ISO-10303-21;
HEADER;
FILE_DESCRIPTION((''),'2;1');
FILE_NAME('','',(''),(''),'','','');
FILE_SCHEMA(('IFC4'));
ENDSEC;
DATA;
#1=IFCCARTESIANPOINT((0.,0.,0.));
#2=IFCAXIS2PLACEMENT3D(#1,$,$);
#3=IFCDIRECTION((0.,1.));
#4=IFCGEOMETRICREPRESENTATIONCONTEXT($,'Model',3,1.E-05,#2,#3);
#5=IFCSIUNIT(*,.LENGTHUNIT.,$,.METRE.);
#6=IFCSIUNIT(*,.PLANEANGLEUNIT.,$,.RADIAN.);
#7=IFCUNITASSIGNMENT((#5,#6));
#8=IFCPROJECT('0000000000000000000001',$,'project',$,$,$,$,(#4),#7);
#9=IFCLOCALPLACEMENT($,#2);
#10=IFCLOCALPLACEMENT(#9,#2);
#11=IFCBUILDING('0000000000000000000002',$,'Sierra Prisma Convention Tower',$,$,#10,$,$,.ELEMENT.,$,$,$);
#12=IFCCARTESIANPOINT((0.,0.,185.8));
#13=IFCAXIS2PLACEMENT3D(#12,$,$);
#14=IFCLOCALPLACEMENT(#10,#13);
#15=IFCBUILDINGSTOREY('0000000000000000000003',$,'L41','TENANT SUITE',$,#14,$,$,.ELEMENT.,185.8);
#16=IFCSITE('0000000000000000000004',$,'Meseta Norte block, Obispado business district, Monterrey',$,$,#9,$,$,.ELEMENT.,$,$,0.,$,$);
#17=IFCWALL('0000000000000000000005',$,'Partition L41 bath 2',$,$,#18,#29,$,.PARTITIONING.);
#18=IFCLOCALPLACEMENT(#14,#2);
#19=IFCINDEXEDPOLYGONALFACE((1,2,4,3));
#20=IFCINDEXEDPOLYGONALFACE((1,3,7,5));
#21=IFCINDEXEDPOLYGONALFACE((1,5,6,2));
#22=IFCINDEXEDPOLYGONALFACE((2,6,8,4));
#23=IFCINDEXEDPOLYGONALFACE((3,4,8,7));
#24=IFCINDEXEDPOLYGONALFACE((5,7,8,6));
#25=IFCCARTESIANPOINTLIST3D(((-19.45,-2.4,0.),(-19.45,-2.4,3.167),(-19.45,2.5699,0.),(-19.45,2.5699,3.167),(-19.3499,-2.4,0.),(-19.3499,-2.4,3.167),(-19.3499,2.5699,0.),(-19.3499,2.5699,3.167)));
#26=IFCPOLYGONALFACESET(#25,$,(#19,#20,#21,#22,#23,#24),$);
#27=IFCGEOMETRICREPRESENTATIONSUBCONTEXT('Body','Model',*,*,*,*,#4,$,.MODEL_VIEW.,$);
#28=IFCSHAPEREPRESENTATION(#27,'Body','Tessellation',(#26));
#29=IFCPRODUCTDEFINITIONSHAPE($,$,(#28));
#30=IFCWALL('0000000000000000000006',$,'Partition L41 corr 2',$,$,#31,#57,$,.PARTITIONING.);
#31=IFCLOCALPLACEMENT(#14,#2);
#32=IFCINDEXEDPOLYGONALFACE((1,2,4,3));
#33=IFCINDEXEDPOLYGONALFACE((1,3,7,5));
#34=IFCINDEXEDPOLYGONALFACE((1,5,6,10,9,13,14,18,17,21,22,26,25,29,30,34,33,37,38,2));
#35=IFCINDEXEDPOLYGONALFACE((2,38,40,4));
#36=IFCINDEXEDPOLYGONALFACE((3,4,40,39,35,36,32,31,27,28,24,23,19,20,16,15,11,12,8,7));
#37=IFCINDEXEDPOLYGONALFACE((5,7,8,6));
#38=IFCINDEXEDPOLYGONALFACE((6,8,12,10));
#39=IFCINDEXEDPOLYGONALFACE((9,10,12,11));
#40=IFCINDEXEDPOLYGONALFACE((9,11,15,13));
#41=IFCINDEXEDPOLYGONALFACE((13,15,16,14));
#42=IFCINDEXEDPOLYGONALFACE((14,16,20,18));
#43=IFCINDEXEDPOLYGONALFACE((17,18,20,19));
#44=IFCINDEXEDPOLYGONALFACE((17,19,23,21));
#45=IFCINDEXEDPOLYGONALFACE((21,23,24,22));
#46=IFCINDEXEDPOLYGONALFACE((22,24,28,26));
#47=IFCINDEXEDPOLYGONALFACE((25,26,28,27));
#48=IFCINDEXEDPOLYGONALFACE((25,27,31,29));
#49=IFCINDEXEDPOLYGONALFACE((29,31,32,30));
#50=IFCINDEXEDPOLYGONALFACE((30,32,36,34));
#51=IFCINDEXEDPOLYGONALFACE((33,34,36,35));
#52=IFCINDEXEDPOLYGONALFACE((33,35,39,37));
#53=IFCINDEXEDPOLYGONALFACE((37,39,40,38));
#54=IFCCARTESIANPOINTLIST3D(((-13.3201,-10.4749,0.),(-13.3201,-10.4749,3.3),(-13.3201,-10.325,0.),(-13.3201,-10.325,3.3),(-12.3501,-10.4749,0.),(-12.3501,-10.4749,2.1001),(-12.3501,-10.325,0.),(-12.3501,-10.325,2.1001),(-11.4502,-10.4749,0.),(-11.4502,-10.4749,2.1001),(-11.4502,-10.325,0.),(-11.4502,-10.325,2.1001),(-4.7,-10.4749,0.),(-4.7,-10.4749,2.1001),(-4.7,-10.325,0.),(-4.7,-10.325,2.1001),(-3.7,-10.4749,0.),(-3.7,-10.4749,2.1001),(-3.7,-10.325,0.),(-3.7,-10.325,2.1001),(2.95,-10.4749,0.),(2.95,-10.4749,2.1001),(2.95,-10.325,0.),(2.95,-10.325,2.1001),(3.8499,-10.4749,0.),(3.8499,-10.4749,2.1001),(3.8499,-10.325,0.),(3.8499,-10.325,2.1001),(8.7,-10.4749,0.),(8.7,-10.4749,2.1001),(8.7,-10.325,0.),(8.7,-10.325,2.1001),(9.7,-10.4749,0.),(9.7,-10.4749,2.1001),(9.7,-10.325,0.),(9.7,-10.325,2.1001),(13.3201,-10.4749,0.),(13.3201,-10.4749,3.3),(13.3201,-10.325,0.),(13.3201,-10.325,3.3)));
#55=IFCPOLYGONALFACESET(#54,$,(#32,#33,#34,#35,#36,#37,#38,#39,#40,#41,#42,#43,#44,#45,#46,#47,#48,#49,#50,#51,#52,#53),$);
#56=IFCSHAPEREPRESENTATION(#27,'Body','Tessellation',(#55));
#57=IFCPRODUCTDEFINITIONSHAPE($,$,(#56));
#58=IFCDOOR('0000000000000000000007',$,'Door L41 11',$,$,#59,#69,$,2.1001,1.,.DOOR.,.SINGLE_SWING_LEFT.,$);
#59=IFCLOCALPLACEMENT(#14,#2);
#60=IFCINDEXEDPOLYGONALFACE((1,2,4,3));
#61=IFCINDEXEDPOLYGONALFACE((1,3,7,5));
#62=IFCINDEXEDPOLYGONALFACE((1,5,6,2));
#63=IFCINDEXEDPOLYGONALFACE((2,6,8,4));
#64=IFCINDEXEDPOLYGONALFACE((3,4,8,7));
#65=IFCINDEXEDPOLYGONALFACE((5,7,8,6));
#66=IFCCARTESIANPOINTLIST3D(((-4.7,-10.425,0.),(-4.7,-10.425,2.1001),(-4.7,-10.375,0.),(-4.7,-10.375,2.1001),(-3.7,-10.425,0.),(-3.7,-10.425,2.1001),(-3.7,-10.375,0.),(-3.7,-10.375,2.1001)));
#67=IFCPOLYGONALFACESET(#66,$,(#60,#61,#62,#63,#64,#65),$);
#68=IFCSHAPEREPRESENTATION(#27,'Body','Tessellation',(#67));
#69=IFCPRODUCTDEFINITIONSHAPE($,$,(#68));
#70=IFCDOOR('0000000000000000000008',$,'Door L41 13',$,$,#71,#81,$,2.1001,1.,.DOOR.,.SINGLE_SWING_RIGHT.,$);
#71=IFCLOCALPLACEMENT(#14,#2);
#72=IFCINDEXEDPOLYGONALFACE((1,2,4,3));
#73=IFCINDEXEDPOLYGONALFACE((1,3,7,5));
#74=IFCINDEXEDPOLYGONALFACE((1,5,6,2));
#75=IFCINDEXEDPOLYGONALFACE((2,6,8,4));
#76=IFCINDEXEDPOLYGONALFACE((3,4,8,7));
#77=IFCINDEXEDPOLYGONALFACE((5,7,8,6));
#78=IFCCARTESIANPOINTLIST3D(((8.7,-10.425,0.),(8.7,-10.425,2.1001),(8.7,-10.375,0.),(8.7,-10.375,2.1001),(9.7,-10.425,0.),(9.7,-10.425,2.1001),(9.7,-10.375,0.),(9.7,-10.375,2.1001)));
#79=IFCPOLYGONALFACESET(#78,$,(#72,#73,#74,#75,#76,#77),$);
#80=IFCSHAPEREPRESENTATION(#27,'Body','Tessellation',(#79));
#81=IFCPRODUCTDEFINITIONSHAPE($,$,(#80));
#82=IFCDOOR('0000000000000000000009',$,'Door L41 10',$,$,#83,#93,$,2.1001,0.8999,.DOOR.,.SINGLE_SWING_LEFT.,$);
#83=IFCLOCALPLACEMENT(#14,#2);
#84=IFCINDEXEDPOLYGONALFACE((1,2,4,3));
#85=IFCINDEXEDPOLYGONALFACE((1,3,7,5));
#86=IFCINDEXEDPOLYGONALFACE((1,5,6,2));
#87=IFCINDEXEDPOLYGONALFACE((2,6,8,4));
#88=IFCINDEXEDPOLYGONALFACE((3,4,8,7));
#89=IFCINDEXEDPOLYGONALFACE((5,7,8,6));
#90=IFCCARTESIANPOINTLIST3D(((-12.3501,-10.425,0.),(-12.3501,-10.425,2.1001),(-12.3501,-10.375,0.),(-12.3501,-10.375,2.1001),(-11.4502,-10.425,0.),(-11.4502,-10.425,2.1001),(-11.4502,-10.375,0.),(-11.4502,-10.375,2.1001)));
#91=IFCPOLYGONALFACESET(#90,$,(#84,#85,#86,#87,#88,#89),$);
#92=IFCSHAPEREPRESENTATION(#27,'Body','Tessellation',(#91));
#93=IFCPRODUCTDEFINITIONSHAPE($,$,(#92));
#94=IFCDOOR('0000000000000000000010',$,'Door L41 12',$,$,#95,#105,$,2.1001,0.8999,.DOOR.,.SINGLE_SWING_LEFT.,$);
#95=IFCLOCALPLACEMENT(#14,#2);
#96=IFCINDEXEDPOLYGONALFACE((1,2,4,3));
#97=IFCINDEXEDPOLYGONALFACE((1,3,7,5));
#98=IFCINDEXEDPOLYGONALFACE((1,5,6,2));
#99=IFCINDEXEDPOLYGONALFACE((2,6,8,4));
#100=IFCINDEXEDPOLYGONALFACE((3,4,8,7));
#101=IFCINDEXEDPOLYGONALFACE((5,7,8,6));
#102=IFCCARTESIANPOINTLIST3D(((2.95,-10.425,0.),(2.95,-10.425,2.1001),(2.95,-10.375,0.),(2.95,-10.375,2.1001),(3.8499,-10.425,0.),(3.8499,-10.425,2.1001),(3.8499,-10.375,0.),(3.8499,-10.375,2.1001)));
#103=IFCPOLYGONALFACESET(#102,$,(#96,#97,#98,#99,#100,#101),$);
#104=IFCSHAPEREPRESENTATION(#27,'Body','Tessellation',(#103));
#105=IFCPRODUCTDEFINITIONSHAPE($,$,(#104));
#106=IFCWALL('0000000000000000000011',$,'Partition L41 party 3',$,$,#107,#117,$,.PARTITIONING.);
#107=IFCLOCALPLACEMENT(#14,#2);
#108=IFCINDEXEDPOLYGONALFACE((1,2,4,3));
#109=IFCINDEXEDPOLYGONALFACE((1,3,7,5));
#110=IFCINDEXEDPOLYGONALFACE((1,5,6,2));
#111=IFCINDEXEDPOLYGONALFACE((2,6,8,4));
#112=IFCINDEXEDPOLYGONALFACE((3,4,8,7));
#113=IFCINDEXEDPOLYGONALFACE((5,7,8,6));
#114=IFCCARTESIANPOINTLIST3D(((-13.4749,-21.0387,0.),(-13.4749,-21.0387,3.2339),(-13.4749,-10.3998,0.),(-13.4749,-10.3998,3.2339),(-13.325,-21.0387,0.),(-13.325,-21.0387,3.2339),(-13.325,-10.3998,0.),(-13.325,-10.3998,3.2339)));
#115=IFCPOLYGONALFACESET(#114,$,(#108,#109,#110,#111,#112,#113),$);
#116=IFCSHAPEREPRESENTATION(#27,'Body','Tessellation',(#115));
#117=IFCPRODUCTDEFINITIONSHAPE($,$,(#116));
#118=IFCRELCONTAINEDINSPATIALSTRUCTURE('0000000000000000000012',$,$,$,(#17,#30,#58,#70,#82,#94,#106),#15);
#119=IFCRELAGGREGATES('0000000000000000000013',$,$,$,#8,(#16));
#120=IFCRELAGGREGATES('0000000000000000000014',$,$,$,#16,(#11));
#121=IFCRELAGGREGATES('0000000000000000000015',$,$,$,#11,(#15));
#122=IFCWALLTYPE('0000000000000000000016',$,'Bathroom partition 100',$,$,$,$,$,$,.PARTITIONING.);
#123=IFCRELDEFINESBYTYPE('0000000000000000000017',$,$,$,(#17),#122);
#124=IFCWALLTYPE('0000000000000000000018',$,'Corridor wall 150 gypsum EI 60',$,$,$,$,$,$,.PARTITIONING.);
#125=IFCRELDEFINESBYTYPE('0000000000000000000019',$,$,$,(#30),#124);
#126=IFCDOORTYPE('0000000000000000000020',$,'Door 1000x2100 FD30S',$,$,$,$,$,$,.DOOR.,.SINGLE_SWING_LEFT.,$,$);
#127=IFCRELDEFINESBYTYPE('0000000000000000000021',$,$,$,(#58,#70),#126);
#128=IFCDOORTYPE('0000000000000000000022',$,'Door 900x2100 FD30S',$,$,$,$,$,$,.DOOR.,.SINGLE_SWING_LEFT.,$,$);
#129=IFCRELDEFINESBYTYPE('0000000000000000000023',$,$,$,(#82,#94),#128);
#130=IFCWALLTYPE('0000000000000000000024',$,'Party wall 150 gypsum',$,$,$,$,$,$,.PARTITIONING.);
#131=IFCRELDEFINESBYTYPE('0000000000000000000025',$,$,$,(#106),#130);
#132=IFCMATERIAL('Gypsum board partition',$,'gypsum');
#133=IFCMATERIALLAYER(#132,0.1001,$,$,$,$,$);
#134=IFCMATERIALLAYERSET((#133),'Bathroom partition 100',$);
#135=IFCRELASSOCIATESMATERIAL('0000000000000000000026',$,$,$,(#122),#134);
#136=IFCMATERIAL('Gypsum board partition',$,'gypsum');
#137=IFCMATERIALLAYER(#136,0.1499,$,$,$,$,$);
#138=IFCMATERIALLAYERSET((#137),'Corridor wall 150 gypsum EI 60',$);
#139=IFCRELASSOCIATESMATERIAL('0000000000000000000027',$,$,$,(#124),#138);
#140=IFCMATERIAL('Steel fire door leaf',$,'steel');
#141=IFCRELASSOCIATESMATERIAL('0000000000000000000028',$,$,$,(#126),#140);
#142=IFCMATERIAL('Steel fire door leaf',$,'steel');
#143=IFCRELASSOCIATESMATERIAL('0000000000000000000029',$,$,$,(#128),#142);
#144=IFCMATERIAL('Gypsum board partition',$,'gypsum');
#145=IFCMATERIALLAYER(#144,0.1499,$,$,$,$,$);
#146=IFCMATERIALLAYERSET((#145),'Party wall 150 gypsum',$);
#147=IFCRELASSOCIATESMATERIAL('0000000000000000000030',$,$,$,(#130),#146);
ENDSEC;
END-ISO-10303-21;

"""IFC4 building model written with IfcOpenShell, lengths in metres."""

from ifc_helpers import new_model, si_unit, direction, frame, frame_2d, origin, place, context, subcontext, project, spatial, rectangle, extrude, material, layer, layer_set, type_object, element, fill, save


model = new_model("IFC4")

# Units and contexts
model_context = context("Model", 3, precision=1e-05, world=origin(), true_north=direction((0.0, 1.0)))
body_context = subcontext(model_context, "Body", "Model", "MODEL_VIEW")
ifc_project = project(units=[si_unit("LENGTHUNIT", "METRE"), si_unit("PLANEANGLEUNIT", "RADIAN")], contexts=[model_context])

# Site, building, storey
site_placement = place(None, origin())
site = spatial("IfcSite", under=ifc_project, at=site_placement, Name="Meseta Norte block, Obispado business district, Monterrey", CompositionType="ELEMENT", RefElevation=0.0)
building_placement = place(site_placement, origin())
building = spatial("IfcBuilding", under=site, at=building_placement, Name="Sierra Prisma Convention Tower", CompositionType="ELEMENT")
storey_placement = place(building_placement, frame((0.0, 0.0, 185.8)))
storey = spatial("IfcBuildingStorey", under=building, at=storey_placement, Name="L41", Description="TENANT SUITE", CompositionType="ELEMENT", Elevation=185.8)

# Wall
ifc_material_1 = material(Name="Gypsum board partition", Category="gypsum")
ifc_layer_1 = layer(ifc_material_1, 0.1001)
ifc_layer_set_1 = layer_set([ifc_layer_1], Name="Bathroom partition 100")
wall_type_1 = type_object("IfcWallType", Name="Bathroom partition 100", PredefinedType="PARTITIONING", material=ifc_layer_set_1)
wall_1_placement = place(storey_placement, frame((-19.3999, -2.3999, 0.0), z_axis=(0.0, 0.0, 1.0), x_axis=(0.0, 1.0, 0.0)))
element("IfcWall", 1, at=wall_1_placement, inside=storey, type_object=wall_type_1, Name="Partition L41 bath 2", PredefinedType="PARTITIONING", context=body_context, shape_type="SweptSolid", body=[
    extrude(rectangle(XDim=4.97, YDim=0.1001, at=frame_2d((2.4849, 0.0))), origin(), (0.0, 0.0, 1.0), 3.167),
])

# Wall, openings, doors
ifc_material_2 = material(Name="Gypsum board partition", Category="gypsum")
ifc_layer_2 = layer(ifc_material_2, 0.1499)
ifc_layer_set_2 = layer_set([ifc_layer_2], Name="Corridor wall 150 gypsum EI 60")
wall_type_2 = type_object("IfcWallType", Name="Corridor wall 150 gypsum EI 60", PredefinedType="PARTITIONING", material=ifc_layer_set_2)
wall_2_placement = place(storey_placement, frame((-13.3201, -10.3999, 0.0), z_axis=(0.0, 0.0, 1.0), x_axis=(1.0, 0.0, 0.0)))
wall_2 = element("IfcWall", 2, at=wall_2_placement, inside=storey, type_object=wall_type_2, Name="Partition L41 corr 2", PredefinedType="PARTITIONING", context=body_context, shape_type="SweptSolid", body=[
    extrude(rectangle(XDim=26.6401, YDim=0.1499, at=frame_2d((13.3201, 0.0))), origin(), (0.0, 0.0, 1.0), 3.3),
])
opening_1_placement = place(wall_2_placement, frame((0.97, 0.0, 0.0)))
opening_1 = element("IfcOpeningElement", 3, at=opening_1_placement, cuts=wall_2, PredefinedType="OPENING", context=body_context, shape_type="SweptSolid", body=[
    extrude(rectangle(XDim=0.8999, YDim=2.1001, at=frame_2d((0.45, 1.05))), frame((0.0, 0.075, 0.0), z_axis=(0.0, -1.0, 0.0), x_axis=(1.0, 0.0, 0.0)), (0.0, 0.0, 1.0), 0.1499),
])
opening_2_placement = place(wall_2_placement, frame((8.6201, 0.0, 0.0)))
opening_2 = element("IfcOpeningElement", 4, at=opening_2_placement, cuts=wall_2, PredefinedType="OPENING", context=body_context, shape_type="SweptSolid", body=[
    extrude(rectangle(XDim=1.0, YDim=2.1001, at=frame_2d((0.5, 1.05))), frame((0.0, 0.075, 0.0), z_axis=(0.0, -1.0, 0.0), x_axis=(1.0, 0.0, 0.0)), (0.0, 0.0, 1.0), 0.1499),
])
opening_3_placement = place(wall_2_placement, frame((16.27, 0.0, 0.0)))
opening_3 = element("IfcOpeningElement", 5, at=opening_3_placement, cuts=wall_2, PredefinedType="OPENING", context=body_context, shape_type="SweptSolid", body=[
    extrude(rectangle(XDim=0.8999, YDim=2.1001, at=frame_2d((0.45, 1.05))), frame((0.0, 0.075, 0.0), z_axis=(0.0, -1.0, 0.0), x_axis=(1.0, 0.0, 0.0)), (0.0, 0.0, 1.0), 0.1499),
])
opening_4_placement = place(wall_2_placement, frame((22.02, 0.0, 0.0)))
opening_4 = element("IfcOpeningElement", 6, at=opening_4_placement, cuts=wall_2, PredefinedType="OPENING", context=body_context, shape_type="SweptSolid", body=[
    extrude(rectangle(XDim=1.0, YDim=2.1001, at=frame_2d((0.5, 1.05))), frame((0.0, 0.075, 0.0), z_axis=(0.0, -1.0, 0.0), x_axis=(1.0, 0.0, 0.0)), (0.0, 0.0, 1.0), 0.1499),
])
ifc_material_3 = material(Name="Steel fire door leaf", Category="steel")
door_type_1 = type_object("IfcDoorType", Name="Door 1000x2100 FD30S", OperationType="SINGLE_SWING_LEFT", PredefinedType="DOOR", material=ifc_material_3)
door_1_placement = place(opening_2_placement, origin())
door_1 = element("IfcDoor", 7, at=door_1_placement, inside=storey, type_object=door_type_1, Name="Door L41 11", OperationType="SINGLE_SWING_LEFT", OverallHeight=2.1001, OverallWidth=1.0, PredefinedType="DOOR", context=body_context, shape_type="SweptSolid", body=[
    extrude(rectangle(XDim=1.0, YDim=2.1001, at=frame_2d((0.5, 1.05))), frame((0.0, 0.0249, 0.0), z_axis=(0.0, -1.0, 0.0), x_axis=(1.0, 0.0, 0.0)), (0.0, 0.0, 1.0), 0.05),
])
fill(opening_2, door_1)
door_2_placement = place(opening_4_placement, origin())
door_2 = element("IfcDoor", 8, at=door_2_placement, inside=storey, type_object=door_type_1, Name="Door L41 13", OperationType="SINGLE_SWING_RIGHT", OverallHeight=2.1001, OverallWidth=1.0, PredefinedType="DOOR", context=body_context, shape_type="SweptSolid", body=[
    extrude(rectangle(XDim=1.0, YDim=2.1001, at=frame_2d((0.5, 1.05))), frame((0.0, 0.0249, 0.0), z_axis=(0.0, -1.0, 0.0), x_axis=(1.0, 0.0, 0.0)), (0.0, 0.0, 1.0), 0.05),
])
fill(opening_4, door_2)
ifc_material_4 = material(Name="Steel fire door leaf", Category="steel")
door_type_2 = type_object("IfcDoorType", Name="Door 900x2100 FD30S", OperationType="SINGLE_SWING_LEFT", PredefinedType="DOOR", material=ifc_material_4)
door_3_placement = place(opening_1_placement, origin())
door_3 = element("IfcDoor", 9, at=door_3_placement, inside=storey, type_object=door_type_2, Name="Door L41 10", OperationType="SINGLE_SWING_LEFT", OverallHeight=2.1001, OverallWidth=0.8999, PredefinedType="DOOR", context=body_context, shape_type="SweptSolid", body=[
    extrude(rectangle(XDim=0.8999, YDim=2.1001, at=frame_2d((0.45, 1.05))), frame((0.0, 0.0249, 0.0), z_axis=(0.0, -1.0, 0.0), x_axis=(1.0, 0.0, 0.0)), (0.0, 0.0, 1.0), 0.05),
])
fill(opening_1, door_3)
door_4_placement = place(opening_3_placement, origin())
door_4 = element("IfcDoor", 10, at=door_4_placement, inside=storey, type_object=door_type_2, Name="Door L41 12", OperationType="SINGLE_SWING_LEFT", OverallHeight=2.1001, OverallWidth=0.8999, PredefinedType="DOOR", context=body_context, shape_type="SweptSolid", body=[
    extrude(rectangle(XDim=0.8999, YDim=2.1001, at=frame_2d((0.45, 1.05))), frame((0.0, 0.0249, 0.0), z_axis=(0.0, -1.0, 0.0), x_axis=(1.0, 0.0, 0.0)), (0.0, 0.0, 1.0), 0.05),
])
fill(opening_3, door_4)

# Wall
ifc_material_5 = material(Name="Gypsum board partition", Category="gypsum")
ifc_layer_3 = layer(ifc_material_5, 0.1499)
ifc_layer_set_3 = layer_set([ifc_layer_3], Name="Party wall 150 gypsum")
wall_type_3 = type_object("IfcWallType", Name="Party wall 150 gypsum", PredefinedType="PARTITIONING", material=ifc_layer_set_3)
wall_3_placement = place(storey_placement, frame((-13.3999, -10.3999, 0.0), z_axis=(0.0, 0.0, 1.0), x_axis=(0.0, -1.0, 0.0)))
element("IfcWall", 11, at=wall_3_placement, inside=storey, type_object=wall_type_3, Name="Partition L41 party 3", PredefinedType="PARTITIONING", context=body_context, shape_type="SweptSolid", body=[
    extrude(rectangle(XDim=10.6389, YDim=0.1499, at=frame_2d((5.3193, 0.0))), origin(), (0.0, 0.0, 1.0), 3.2339),
])

save(model, "model.ifc")
